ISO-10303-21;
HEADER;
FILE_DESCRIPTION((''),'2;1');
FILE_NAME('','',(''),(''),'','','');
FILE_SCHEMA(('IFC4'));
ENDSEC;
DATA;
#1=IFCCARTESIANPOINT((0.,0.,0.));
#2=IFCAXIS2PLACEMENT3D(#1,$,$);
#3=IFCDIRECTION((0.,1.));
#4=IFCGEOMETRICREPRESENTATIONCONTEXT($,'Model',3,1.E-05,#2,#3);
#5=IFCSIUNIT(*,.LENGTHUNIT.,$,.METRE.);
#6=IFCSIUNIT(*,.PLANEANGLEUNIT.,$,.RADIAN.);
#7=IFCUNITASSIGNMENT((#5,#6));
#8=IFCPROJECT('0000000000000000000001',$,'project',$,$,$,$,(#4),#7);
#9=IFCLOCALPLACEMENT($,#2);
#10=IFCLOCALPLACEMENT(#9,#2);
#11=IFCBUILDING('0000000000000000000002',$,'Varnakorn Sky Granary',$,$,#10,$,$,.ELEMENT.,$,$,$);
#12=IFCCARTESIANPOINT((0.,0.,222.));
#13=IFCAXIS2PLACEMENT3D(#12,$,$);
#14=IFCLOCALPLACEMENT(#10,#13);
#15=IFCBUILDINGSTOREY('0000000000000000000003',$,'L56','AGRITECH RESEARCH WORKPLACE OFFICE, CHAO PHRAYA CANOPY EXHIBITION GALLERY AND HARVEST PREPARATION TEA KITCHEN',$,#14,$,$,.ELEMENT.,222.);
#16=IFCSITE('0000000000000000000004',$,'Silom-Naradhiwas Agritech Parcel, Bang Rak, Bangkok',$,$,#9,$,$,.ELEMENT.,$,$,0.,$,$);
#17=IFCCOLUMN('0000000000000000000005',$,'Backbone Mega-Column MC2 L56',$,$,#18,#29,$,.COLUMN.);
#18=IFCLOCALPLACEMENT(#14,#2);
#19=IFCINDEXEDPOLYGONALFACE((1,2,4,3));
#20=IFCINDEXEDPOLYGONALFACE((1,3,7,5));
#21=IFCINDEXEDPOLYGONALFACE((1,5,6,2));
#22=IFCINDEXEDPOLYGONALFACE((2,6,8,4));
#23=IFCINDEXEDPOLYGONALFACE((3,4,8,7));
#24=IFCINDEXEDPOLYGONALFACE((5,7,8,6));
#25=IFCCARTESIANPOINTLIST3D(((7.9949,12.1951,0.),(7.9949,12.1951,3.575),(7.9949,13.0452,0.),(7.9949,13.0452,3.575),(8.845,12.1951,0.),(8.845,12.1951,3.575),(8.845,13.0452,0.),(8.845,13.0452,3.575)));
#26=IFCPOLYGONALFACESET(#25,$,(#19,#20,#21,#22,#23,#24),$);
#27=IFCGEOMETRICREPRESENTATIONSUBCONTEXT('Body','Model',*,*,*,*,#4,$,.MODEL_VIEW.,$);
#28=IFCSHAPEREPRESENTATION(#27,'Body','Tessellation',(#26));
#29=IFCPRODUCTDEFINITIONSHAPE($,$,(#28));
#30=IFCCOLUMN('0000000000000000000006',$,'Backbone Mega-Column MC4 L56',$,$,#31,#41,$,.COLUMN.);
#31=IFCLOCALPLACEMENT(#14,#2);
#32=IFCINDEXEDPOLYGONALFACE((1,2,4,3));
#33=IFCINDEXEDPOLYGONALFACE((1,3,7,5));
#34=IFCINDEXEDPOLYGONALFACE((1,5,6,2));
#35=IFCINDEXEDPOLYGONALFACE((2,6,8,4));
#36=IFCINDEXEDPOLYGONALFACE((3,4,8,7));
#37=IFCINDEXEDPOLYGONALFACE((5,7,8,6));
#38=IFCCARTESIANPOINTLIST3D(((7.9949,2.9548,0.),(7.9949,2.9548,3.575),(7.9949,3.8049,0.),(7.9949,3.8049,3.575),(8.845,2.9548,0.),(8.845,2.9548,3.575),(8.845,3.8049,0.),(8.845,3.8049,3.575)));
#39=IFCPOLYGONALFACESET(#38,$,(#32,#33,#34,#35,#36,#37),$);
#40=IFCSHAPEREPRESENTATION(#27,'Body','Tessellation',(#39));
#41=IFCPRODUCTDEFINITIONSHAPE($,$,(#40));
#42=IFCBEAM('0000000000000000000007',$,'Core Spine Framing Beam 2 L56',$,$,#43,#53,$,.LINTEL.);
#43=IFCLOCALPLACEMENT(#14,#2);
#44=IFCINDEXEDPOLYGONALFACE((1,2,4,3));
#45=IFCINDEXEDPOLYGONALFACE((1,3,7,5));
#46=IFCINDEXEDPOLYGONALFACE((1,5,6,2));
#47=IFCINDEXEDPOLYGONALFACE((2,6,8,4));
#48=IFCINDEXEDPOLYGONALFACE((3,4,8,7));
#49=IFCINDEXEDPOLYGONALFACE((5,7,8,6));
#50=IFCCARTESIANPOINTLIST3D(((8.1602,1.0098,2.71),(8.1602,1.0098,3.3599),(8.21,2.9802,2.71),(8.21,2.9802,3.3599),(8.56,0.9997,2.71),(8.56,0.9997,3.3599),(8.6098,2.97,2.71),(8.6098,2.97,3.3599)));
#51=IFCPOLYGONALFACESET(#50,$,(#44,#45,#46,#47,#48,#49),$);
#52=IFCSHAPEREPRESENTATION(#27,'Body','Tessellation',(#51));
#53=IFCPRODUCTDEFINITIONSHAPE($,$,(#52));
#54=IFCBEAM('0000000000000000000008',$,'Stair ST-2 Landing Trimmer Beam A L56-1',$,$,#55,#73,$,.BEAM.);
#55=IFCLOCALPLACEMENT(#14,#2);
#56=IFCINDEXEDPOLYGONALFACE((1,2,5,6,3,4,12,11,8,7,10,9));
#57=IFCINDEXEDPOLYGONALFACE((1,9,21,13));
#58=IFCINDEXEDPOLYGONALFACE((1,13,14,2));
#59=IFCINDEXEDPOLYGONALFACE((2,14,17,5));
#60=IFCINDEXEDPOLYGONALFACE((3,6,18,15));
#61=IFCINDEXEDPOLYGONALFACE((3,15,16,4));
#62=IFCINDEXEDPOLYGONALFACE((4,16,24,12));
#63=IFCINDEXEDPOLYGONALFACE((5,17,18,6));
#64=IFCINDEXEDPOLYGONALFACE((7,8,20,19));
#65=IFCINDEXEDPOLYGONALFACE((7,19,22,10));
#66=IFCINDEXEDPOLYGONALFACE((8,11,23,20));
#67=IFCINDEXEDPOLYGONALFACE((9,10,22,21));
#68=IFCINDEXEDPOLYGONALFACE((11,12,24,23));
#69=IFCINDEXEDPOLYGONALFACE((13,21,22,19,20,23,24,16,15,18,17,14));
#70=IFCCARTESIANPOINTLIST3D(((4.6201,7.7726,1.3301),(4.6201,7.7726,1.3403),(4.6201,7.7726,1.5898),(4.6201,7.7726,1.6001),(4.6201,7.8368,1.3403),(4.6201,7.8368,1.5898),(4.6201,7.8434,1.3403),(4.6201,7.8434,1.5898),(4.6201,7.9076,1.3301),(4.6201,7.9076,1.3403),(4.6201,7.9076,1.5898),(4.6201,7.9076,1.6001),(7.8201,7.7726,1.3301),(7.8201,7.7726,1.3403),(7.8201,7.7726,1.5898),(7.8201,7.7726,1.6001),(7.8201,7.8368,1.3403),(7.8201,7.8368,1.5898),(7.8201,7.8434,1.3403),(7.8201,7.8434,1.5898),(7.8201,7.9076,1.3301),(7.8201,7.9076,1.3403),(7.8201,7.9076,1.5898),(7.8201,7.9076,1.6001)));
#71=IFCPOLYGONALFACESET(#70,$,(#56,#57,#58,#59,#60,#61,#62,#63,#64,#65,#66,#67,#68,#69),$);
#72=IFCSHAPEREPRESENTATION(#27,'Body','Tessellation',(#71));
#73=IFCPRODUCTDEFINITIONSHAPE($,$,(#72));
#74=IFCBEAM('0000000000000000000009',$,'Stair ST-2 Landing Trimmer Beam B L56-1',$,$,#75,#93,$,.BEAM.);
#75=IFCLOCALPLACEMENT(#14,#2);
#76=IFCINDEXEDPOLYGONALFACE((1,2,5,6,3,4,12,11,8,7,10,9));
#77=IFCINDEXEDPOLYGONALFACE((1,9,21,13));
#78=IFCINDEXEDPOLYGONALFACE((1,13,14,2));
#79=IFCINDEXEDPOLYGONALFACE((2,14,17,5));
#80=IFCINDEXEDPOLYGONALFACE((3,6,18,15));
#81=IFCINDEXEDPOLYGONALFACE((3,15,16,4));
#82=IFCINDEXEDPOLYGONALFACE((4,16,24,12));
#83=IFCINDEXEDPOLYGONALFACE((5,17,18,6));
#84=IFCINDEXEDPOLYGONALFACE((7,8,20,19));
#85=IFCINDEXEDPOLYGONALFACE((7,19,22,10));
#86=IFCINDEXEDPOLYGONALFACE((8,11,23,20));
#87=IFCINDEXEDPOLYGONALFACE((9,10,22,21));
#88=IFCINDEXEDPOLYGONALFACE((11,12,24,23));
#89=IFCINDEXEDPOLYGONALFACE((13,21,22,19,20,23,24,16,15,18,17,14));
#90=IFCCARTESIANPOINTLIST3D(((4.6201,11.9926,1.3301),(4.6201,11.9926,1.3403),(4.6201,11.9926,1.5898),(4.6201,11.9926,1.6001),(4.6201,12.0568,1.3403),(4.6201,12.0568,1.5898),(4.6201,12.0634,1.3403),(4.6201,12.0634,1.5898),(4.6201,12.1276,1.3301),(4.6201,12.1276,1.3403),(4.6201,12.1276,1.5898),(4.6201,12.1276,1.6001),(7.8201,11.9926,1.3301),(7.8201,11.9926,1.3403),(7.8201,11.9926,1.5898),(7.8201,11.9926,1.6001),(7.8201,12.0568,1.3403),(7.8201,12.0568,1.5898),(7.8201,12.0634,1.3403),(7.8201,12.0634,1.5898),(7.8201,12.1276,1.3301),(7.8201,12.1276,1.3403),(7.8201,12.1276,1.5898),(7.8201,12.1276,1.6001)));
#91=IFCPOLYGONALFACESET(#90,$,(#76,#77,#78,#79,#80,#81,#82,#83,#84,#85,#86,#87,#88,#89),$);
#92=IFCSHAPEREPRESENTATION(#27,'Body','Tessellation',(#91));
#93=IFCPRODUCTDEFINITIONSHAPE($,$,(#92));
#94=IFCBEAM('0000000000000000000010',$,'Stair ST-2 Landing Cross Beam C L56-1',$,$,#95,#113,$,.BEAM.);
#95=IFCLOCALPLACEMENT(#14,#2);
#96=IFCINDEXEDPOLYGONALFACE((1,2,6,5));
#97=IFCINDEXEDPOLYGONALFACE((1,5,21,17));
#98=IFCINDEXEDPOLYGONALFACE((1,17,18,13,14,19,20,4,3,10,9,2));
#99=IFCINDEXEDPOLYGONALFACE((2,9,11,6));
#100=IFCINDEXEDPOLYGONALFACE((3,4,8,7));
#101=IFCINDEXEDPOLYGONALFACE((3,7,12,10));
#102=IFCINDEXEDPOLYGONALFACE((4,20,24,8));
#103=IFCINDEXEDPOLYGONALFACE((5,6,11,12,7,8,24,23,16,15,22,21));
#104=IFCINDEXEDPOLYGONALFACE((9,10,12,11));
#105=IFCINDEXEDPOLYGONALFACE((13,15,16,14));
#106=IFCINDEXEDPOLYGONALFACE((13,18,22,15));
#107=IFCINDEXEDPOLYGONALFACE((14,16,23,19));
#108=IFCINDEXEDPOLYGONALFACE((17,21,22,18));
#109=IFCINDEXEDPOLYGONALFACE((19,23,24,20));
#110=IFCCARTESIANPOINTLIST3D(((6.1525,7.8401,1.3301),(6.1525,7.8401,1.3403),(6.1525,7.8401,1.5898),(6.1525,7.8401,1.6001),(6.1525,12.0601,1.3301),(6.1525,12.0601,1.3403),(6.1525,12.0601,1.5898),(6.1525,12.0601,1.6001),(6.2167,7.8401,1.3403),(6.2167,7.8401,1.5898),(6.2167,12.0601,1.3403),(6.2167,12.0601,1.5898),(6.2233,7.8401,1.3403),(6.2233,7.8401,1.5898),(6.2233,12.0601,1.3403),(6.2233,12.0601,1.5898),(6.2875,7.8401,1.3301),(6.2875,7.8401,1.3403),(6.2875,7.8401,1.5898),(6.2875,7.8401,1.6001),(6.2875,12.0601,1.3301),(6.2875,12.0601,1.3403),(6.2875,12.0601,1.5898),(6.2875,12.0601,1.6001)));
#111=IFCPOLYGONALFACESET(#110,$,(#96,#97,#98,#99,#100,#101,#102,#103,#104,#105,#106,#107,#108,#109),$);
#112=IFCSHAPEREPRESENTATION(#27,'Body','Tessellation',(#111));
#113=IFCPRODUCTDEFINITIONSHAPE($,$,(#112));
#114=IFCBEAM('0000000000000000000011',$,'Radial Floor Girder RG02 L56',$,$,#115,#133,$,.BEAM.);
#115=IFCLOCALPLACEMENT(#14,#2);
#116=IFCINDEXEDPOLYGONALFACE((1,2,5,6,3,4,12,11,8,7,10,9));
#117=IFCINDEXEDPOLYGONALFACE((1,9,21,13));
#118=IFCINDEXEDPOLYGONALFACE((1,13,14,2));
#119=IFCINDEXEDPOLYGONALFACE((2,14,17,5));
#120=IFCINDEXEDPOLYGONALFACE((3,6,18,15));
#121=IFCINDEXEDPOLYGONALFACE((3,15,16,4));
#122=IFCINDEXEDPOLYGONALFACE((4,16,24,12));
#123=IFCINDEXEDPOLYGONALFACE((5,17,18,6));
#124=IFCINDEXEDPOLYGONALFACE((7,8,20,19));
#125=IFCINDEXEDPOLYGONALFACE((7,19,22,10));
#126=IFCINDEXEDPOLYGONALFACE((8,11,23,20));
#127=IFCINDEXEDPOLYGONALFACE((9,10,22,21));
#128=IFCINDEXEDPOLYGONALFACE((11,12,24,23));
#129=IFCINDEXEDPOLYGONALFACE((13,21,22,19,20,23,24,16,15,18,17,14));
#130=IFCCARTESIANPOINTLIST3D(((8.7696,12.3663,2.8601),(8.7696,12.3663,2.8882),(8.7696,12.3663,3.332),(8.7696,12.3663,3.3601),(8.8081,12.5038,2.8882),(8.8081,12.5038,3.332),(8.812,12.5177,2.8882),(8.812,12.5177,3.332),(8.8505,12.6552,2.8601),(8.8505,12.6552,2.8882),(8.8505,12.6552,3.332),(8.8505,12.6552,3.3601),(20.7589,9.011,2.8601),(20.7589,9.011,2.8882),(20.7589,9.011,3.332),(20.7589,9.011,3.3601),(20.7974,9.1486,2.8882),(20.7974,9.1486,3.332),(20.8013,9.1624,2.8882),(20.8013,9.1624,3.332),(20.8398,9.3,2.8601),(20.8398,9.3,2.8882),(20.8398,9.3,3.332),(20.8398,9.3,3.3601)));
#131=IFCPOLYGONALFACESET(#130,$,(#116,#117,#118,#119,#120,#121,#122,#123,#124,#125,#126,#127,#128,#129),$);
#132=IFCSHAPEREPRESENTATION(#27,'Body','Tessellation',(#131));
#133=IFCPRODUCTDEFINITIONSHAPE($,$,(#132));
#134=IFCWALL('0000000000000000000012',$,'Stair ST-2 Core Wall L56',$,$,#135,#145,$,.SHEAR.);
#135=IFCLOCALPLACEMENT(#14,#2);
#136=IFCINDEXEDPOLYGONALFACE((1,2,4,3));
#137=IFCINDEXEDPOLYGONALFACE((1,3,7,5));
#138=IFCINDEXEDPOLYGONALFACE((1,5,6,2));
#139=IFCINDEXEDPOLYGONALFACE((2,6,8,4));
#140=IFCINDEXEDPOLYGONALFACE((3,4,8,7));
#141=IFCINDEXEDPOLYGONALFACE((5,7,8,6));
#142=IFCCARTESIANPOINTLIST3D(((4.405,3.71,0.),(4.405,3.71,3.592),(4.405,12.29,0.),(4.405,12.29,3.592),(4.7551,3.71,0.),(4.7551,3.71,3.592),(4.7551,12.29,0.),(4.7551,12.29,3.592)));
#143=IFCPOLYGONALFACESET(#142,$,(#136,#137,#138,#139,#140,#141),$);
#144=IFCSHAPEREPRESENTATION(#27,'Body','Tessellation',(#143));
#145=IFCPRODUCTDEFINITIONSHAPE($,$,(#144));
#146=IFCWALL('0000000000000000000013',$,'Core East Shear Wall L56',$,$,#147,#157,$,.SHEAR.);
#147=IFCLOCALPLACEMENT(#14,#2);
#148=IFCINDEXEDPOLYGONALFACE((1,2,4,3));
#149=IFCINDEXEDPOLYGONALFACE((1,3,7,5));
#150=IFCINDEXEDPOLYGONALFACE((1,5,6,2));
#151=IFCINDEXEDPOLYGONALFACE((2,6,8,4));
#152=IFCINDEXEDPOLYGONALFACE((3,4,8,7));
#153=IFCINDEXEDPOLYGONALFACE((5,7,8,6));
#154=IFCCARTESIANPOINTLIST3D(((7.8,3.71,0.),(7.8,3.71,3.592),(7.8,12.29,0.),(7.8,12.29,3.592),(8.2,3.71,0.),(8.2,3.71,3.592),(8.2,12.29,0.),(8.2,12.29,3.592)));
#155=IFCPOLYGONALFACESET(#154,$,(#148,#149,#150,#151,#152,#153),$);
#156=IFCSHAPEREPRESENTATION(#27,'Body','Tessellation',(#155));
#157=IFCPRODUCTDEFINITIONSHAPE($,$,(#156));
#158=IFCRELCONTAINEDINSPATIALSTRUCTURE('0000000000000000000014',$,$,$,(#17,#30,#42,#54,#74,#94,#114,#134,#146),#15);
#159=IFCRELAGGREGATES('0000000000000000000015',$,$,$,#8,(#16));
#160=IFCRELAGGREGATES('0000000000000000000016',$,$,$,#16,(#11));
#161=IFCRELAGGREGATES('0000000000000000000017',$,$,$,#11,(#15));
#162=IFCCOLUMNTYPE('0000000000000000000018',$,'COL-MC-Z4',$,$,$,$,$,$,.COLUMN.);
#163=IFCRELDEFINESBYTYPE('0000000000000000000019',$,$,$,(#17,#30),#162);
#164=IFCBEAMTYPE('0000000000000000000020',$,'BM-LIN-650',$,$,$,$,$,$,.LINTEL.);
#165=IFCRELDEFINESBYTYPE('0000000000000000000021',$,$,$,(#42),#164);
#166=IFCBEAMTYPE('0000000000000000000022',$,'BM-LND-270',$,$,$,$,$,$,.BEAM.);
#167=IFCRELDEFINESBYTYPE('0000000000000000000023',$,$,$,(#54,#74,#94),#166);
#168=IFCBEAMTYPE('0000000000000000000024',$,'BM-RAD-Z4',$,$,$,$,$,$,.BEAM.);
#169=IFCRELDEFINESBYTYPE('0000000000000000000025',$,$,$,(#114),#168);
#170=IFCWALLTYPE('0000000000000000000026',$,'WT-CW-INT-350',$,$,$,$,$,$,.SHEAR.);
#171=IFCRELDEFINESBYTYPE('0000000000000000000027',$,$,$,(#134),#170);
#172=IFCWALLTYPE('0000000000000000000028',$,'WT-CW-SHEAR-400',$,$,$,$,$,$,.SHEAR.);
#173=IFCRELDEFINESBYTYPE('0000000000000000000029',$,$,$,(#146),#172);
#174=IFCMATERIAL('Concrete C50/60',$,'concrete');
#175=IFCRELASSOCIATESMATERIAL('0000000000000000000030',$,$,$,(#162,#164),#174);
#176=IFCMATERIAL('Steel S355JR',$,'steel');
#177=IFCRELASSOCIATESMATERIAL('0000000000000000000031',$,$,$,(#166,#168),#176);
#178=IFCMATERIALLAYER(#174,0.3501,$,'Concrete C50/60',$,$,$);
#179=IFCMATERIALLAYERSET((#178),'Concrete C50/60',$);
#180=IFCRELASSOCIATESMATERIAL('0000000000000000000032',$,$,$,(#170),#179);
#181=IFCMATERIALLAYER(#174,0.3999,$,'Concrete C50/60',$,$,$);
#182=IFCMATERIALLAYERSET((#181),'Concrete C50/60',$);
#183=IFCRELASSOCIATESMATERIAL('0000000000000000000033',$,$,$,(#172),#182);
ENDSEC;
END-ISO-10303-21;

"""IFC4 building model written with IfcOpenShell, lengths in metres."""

from ifc_helpers import new_model, si_unit, direction, frame, frame_2d, origin, origin_2d, place, context, subcontext, project, spatial, rectangle, i_section, extrude, material, layer, layer_set, material_profile, profile_set, type_object, element, save


model = new_model("IFC4")

# Units and contexts
model_context = context("Model", 3, precision=1e-05, world=origin(), true_north=direction((0.0, 1.0)))
body_context = subcontext(model_context, "Body", "Model", "MODEL_VIEW")
ifc_project = project(units=[si_unit("LENGTHUNIT", "METRE"), si_unit("PLANEANGLEUNIT", "RADIAN")], contexts=[model_context])

# Site, building, storey
site_placement = place(None, origin())
site = spatial("IfcSite", under=ifc_project, at=site_placement, Name="Silom-Naradhiwas Agritech Parcel, Bang Rak, Bangkok", CompositionType="ELEMENT", RefElevation=0.0)
building_placement = place(site_placement, origin())
building = spatial("IfcBuilding", under=site, at=building_placement, Name="Varnakorn Sky Granary", CompositionType="ELEMENT")
storey_placement = place(building_placement, frame((0.0, 0.0, 222.0)))
storey = spatial("IfcBuildingStorey", under=building, at=storey_placement, Name="L56", Description="AGRITECH RESEARCH WORKPLACE OFFICE, CHAO PHRAYA CANOPY EXHIBITION GALLERY AND HARVEST PREPARATION TEA KITCHEN", CompositionType="ELEMENT", Elevation=222.0)

# Columns
ifc_material_1 = material(Name="Concrete C50/60", Category="concrete")
ifc_material_profile_1 = material_profile(ifc_material_1, rectangle(XDim=0.8501, YDim=0.8501, at=origin_2d()), Name="RC 850x850")
ifc_profile_set_1 = profile_set([ifc_material_profile_1], Name="Concrete C50/60")
column_type = type_object("IfcColumnType", Name="COL-MC-Z4", PredefinedType="COLUMN", material=ifc_profile_set_1)
for number, where, z_axis, x_axis, name in (
    (1, (8.4199, 12.6201, 0.0), (0.0, 0.0, 1.0), (1.0, 0.0, 0.0), "Backbone Mega-Column MC2 L56"),
    (2, (8.4199, 3.3799, 0.0), (0.0, 0.0, 1.0), (1.0, 0.0, 0.0), "Backbone Mega-Column MC4 L56"),
):
    element("IfcColumn", number, at=place(storey_placement, frame(where, z_axis=z_axis, x_axis=x_axis)), inside=storey, type_object=column_type, Name=name, PredefinedType="COLUMN", context=body_context, shape_type="SweptSolid", body=[
        extrude(rectangle(XDim=0.8501, YDim=0.8501, at=origin_2d()), origin(), (0.0, 0.0, 1.0), 3.575),
    ])

# Beams
ifc_material_profile_2 = material_profile(ifc_material_1, rectangle(XDim=0.3999, YDim=0.6499, at=origin_2d()), Name="RC 400x650")
ifc_profile_set_2 = profile_set([ifc_material_profile_2], Name="Concrete C50/60")
beam_type_1 = type_object("IfcBeamType", Name="BM-LIN-650", PredefinedType="LINTEL", material=ifc_profile_set_2)
beam_1_placement = place(storey_placement, frame((8.4099, 2.9751, 3.0349), z_axis=(-0.025271, -0.999681, 0.0), x_axis=(0.999681, -0.025271, 0.0)))
element("IfcBeam", 3, at=beam_1_placement, inside=storey, type_object=beam_type_1, Name="Core Spine Framing Beam 2 L56", PredefinedType="LINTEL", context=body_context, shape_type="SweptSolid", body=[
    extrude(rectangle(XDim=0.3999, YDim=0.6499, at=origin_2d()), origin(), (0.0, 0.0, 1.0), 1.9709),
])
ifc_material_2 = material(Name="Steel S355JR", Category="steel")
ifc_material_profile_3 = material_profile(ifc_material_2, i_section(OverallWidth=0.135, OverallDepth=0.27, WebThickness=0.0066, FlangeThickness=0.0103, at=origin_2d()), Name="IPE 270")
ifc_profile_set_3 = profile_set([ifc_material_profile_3], Name="Steel S355JR")
beam_type_2 = type_object("IfcBeamType", Name="BM-LND-270", PredefinedType="BEAM", material=ifc_profile_set_3)
for number, where, z_axis, x_axis, name in (
    (4, (4.6201, 7.8401, 1.4651), (1.0, 0.0, 0.0), (0.0, 1.0, 0.0), "Stair ST-2 Landing Trimmer Beam A L56-1"),
    (5, (4.6201, 12.0601, 1.4651), (1.0, 0.0, 0.0), (0.0, 1.0, 0.0), "Stair ST-2 Landing Trimmer Beam B L56-1"),
):
    element("IfcBeam", number, at=place(storey_placement, frame(where, z_axis=z_axis, x_axis=x_axis)), inside=storey, type_object=beam_type_2, Name=name, PredefinedType="BEAM", context=body_context, shape_type="SweptSolid", body=[
        extrude(i_section(OverallWidth=0.135, OverallDepth=0.27, WebThickness=0.0066, FlangeThickness=0.0103, at=origin_2d()), origin(), (0.0, 0.0, 1.0), 3.2),
    ])
beam_2_placement = place(storey_placement, frame((6.22, 7.8401, 1.4651), z_axis=(0.0, 1.0, 0.0), x_axis=(-1.0, 0.0, 0.0)))
element("IfcBeam", 6, at=beam_2_placement, inside=storey, type_object=beam_type_2, Name="Stair ST-2 Landing Cross Beam C L56-1", PredefinedType="BEAM", context=body_context, shape_type="SweptSolid", body=[
    extrude(i_section(OverallWidth=0.135, OverallDepth=0.27, WebThickness=0.0066, FlangeThickness=0.0103, at=origin_2d()), origin(), (0.0, 0.0, 1.0), 4.22),
])
ifc_material_profile_4 = material_profile(ifc_material_2, i_section(OverallWidth=0.3, OverallDepth=0.5, WebThickness=0.0144, FlangeThickness=0.0281, at=origin_2d()), Name="HE 500 B")
ifc_profile_set_4 = profile_set([ifc_material_profile_4], Name="Steel S355JR")
beam_type_3 = type_object("IfcBeamType", Name="BM-RAD-Z4", PredefinedType="BEAM", material=ifc_profile_set_4)
beam_3_placement = place(storey_placement, frame((8.8101, 12.5107, 3.1101), z_axis=(0.963001, -0.269498, 0.0), x_axis=(0.269498, 0.963001, 0.0)))
element("IfcBeam", 7, at=beam_3_placement, inside=storey, type_object=beam_type_3, Name="Radial Floor Girder RG02 L56", PredefinedType="BEAM", context=body_context, shape_type="SweptSolid", body=[
    extrude(i_section(OverallWidth=0.3, OverallDepth=0.5, WebThickness=0.0144, FlangeThickness=0.0281, at=origin_2d()), origin(), (0.0, 0.0, 1.0), 12.45),
])

# Walls
ifc_layer_1 = layer(ifc_material_1, 0.3501, Name="Concrete C50/60")
ifc_layer_set_1 = layer_set([ifc_layer_1], Name="Concrete C50/60")
wall_type_1 = type_object("IfcWallType", Name="WT-CW-INT-350", PredefinedType="SHEAR", material=ifc_layer_set_1)
wall_1_placement = place(storey_placement, frame((4.5801, 3.71, 0.0), z_axis=(0.0, 0.0, 1.0), x_axis=(0.0, 1.0, 0.0)))
element("IfcWall", 8, at=wall_1_placement, inside=storey, type_object=wall_type_1, Name="Stair ST-2 Core Wall L56", PredefinedType="SHEAR", context=body_context, shape_type="SweptSolid", body=[
    extrude(rectangle(XDim=8.5801, YDim=0.3501, at=frame_2d((4.29, 0.0))), origin(), (0.0, 0.0, 1.0), 3.592),
])
ifc_layer_2 = layer(ifc_material_1, 0.3999, Name="Concrete C50/60")
ifc_layer_set_2 = layer_set([ifc_layer_2], Name="Concrete C50/60")
wall_type_2 = type_object("IfcWallType", Name="WT-CW-SHEAR-400", PredefinedType="SHEAR", material=ifc_layer_set_2)
wall_2_placement = place(storey_placement, frame((8.0, 3.71, 0.0), z_axis=(0.0, 0.0, 1.0), x_axis=(0.0, 1.0, 0.0)))
element("IfcWall", 9, at=wall_2_placement, inside=storey, type_object=wall_type_2, Name="Core East Shear Wall L56", PredefinedType="SHEAR", context=body_context, shape_type="SweptSolid", body=[
    extrude(rectangle(XDim=8.5801, YDim=0.3999, at=frame_2d((4.29, 0.0))), origin(), (0.0, 0.0, 1.0), 3.592),
])

save(model, "model.ifc")
